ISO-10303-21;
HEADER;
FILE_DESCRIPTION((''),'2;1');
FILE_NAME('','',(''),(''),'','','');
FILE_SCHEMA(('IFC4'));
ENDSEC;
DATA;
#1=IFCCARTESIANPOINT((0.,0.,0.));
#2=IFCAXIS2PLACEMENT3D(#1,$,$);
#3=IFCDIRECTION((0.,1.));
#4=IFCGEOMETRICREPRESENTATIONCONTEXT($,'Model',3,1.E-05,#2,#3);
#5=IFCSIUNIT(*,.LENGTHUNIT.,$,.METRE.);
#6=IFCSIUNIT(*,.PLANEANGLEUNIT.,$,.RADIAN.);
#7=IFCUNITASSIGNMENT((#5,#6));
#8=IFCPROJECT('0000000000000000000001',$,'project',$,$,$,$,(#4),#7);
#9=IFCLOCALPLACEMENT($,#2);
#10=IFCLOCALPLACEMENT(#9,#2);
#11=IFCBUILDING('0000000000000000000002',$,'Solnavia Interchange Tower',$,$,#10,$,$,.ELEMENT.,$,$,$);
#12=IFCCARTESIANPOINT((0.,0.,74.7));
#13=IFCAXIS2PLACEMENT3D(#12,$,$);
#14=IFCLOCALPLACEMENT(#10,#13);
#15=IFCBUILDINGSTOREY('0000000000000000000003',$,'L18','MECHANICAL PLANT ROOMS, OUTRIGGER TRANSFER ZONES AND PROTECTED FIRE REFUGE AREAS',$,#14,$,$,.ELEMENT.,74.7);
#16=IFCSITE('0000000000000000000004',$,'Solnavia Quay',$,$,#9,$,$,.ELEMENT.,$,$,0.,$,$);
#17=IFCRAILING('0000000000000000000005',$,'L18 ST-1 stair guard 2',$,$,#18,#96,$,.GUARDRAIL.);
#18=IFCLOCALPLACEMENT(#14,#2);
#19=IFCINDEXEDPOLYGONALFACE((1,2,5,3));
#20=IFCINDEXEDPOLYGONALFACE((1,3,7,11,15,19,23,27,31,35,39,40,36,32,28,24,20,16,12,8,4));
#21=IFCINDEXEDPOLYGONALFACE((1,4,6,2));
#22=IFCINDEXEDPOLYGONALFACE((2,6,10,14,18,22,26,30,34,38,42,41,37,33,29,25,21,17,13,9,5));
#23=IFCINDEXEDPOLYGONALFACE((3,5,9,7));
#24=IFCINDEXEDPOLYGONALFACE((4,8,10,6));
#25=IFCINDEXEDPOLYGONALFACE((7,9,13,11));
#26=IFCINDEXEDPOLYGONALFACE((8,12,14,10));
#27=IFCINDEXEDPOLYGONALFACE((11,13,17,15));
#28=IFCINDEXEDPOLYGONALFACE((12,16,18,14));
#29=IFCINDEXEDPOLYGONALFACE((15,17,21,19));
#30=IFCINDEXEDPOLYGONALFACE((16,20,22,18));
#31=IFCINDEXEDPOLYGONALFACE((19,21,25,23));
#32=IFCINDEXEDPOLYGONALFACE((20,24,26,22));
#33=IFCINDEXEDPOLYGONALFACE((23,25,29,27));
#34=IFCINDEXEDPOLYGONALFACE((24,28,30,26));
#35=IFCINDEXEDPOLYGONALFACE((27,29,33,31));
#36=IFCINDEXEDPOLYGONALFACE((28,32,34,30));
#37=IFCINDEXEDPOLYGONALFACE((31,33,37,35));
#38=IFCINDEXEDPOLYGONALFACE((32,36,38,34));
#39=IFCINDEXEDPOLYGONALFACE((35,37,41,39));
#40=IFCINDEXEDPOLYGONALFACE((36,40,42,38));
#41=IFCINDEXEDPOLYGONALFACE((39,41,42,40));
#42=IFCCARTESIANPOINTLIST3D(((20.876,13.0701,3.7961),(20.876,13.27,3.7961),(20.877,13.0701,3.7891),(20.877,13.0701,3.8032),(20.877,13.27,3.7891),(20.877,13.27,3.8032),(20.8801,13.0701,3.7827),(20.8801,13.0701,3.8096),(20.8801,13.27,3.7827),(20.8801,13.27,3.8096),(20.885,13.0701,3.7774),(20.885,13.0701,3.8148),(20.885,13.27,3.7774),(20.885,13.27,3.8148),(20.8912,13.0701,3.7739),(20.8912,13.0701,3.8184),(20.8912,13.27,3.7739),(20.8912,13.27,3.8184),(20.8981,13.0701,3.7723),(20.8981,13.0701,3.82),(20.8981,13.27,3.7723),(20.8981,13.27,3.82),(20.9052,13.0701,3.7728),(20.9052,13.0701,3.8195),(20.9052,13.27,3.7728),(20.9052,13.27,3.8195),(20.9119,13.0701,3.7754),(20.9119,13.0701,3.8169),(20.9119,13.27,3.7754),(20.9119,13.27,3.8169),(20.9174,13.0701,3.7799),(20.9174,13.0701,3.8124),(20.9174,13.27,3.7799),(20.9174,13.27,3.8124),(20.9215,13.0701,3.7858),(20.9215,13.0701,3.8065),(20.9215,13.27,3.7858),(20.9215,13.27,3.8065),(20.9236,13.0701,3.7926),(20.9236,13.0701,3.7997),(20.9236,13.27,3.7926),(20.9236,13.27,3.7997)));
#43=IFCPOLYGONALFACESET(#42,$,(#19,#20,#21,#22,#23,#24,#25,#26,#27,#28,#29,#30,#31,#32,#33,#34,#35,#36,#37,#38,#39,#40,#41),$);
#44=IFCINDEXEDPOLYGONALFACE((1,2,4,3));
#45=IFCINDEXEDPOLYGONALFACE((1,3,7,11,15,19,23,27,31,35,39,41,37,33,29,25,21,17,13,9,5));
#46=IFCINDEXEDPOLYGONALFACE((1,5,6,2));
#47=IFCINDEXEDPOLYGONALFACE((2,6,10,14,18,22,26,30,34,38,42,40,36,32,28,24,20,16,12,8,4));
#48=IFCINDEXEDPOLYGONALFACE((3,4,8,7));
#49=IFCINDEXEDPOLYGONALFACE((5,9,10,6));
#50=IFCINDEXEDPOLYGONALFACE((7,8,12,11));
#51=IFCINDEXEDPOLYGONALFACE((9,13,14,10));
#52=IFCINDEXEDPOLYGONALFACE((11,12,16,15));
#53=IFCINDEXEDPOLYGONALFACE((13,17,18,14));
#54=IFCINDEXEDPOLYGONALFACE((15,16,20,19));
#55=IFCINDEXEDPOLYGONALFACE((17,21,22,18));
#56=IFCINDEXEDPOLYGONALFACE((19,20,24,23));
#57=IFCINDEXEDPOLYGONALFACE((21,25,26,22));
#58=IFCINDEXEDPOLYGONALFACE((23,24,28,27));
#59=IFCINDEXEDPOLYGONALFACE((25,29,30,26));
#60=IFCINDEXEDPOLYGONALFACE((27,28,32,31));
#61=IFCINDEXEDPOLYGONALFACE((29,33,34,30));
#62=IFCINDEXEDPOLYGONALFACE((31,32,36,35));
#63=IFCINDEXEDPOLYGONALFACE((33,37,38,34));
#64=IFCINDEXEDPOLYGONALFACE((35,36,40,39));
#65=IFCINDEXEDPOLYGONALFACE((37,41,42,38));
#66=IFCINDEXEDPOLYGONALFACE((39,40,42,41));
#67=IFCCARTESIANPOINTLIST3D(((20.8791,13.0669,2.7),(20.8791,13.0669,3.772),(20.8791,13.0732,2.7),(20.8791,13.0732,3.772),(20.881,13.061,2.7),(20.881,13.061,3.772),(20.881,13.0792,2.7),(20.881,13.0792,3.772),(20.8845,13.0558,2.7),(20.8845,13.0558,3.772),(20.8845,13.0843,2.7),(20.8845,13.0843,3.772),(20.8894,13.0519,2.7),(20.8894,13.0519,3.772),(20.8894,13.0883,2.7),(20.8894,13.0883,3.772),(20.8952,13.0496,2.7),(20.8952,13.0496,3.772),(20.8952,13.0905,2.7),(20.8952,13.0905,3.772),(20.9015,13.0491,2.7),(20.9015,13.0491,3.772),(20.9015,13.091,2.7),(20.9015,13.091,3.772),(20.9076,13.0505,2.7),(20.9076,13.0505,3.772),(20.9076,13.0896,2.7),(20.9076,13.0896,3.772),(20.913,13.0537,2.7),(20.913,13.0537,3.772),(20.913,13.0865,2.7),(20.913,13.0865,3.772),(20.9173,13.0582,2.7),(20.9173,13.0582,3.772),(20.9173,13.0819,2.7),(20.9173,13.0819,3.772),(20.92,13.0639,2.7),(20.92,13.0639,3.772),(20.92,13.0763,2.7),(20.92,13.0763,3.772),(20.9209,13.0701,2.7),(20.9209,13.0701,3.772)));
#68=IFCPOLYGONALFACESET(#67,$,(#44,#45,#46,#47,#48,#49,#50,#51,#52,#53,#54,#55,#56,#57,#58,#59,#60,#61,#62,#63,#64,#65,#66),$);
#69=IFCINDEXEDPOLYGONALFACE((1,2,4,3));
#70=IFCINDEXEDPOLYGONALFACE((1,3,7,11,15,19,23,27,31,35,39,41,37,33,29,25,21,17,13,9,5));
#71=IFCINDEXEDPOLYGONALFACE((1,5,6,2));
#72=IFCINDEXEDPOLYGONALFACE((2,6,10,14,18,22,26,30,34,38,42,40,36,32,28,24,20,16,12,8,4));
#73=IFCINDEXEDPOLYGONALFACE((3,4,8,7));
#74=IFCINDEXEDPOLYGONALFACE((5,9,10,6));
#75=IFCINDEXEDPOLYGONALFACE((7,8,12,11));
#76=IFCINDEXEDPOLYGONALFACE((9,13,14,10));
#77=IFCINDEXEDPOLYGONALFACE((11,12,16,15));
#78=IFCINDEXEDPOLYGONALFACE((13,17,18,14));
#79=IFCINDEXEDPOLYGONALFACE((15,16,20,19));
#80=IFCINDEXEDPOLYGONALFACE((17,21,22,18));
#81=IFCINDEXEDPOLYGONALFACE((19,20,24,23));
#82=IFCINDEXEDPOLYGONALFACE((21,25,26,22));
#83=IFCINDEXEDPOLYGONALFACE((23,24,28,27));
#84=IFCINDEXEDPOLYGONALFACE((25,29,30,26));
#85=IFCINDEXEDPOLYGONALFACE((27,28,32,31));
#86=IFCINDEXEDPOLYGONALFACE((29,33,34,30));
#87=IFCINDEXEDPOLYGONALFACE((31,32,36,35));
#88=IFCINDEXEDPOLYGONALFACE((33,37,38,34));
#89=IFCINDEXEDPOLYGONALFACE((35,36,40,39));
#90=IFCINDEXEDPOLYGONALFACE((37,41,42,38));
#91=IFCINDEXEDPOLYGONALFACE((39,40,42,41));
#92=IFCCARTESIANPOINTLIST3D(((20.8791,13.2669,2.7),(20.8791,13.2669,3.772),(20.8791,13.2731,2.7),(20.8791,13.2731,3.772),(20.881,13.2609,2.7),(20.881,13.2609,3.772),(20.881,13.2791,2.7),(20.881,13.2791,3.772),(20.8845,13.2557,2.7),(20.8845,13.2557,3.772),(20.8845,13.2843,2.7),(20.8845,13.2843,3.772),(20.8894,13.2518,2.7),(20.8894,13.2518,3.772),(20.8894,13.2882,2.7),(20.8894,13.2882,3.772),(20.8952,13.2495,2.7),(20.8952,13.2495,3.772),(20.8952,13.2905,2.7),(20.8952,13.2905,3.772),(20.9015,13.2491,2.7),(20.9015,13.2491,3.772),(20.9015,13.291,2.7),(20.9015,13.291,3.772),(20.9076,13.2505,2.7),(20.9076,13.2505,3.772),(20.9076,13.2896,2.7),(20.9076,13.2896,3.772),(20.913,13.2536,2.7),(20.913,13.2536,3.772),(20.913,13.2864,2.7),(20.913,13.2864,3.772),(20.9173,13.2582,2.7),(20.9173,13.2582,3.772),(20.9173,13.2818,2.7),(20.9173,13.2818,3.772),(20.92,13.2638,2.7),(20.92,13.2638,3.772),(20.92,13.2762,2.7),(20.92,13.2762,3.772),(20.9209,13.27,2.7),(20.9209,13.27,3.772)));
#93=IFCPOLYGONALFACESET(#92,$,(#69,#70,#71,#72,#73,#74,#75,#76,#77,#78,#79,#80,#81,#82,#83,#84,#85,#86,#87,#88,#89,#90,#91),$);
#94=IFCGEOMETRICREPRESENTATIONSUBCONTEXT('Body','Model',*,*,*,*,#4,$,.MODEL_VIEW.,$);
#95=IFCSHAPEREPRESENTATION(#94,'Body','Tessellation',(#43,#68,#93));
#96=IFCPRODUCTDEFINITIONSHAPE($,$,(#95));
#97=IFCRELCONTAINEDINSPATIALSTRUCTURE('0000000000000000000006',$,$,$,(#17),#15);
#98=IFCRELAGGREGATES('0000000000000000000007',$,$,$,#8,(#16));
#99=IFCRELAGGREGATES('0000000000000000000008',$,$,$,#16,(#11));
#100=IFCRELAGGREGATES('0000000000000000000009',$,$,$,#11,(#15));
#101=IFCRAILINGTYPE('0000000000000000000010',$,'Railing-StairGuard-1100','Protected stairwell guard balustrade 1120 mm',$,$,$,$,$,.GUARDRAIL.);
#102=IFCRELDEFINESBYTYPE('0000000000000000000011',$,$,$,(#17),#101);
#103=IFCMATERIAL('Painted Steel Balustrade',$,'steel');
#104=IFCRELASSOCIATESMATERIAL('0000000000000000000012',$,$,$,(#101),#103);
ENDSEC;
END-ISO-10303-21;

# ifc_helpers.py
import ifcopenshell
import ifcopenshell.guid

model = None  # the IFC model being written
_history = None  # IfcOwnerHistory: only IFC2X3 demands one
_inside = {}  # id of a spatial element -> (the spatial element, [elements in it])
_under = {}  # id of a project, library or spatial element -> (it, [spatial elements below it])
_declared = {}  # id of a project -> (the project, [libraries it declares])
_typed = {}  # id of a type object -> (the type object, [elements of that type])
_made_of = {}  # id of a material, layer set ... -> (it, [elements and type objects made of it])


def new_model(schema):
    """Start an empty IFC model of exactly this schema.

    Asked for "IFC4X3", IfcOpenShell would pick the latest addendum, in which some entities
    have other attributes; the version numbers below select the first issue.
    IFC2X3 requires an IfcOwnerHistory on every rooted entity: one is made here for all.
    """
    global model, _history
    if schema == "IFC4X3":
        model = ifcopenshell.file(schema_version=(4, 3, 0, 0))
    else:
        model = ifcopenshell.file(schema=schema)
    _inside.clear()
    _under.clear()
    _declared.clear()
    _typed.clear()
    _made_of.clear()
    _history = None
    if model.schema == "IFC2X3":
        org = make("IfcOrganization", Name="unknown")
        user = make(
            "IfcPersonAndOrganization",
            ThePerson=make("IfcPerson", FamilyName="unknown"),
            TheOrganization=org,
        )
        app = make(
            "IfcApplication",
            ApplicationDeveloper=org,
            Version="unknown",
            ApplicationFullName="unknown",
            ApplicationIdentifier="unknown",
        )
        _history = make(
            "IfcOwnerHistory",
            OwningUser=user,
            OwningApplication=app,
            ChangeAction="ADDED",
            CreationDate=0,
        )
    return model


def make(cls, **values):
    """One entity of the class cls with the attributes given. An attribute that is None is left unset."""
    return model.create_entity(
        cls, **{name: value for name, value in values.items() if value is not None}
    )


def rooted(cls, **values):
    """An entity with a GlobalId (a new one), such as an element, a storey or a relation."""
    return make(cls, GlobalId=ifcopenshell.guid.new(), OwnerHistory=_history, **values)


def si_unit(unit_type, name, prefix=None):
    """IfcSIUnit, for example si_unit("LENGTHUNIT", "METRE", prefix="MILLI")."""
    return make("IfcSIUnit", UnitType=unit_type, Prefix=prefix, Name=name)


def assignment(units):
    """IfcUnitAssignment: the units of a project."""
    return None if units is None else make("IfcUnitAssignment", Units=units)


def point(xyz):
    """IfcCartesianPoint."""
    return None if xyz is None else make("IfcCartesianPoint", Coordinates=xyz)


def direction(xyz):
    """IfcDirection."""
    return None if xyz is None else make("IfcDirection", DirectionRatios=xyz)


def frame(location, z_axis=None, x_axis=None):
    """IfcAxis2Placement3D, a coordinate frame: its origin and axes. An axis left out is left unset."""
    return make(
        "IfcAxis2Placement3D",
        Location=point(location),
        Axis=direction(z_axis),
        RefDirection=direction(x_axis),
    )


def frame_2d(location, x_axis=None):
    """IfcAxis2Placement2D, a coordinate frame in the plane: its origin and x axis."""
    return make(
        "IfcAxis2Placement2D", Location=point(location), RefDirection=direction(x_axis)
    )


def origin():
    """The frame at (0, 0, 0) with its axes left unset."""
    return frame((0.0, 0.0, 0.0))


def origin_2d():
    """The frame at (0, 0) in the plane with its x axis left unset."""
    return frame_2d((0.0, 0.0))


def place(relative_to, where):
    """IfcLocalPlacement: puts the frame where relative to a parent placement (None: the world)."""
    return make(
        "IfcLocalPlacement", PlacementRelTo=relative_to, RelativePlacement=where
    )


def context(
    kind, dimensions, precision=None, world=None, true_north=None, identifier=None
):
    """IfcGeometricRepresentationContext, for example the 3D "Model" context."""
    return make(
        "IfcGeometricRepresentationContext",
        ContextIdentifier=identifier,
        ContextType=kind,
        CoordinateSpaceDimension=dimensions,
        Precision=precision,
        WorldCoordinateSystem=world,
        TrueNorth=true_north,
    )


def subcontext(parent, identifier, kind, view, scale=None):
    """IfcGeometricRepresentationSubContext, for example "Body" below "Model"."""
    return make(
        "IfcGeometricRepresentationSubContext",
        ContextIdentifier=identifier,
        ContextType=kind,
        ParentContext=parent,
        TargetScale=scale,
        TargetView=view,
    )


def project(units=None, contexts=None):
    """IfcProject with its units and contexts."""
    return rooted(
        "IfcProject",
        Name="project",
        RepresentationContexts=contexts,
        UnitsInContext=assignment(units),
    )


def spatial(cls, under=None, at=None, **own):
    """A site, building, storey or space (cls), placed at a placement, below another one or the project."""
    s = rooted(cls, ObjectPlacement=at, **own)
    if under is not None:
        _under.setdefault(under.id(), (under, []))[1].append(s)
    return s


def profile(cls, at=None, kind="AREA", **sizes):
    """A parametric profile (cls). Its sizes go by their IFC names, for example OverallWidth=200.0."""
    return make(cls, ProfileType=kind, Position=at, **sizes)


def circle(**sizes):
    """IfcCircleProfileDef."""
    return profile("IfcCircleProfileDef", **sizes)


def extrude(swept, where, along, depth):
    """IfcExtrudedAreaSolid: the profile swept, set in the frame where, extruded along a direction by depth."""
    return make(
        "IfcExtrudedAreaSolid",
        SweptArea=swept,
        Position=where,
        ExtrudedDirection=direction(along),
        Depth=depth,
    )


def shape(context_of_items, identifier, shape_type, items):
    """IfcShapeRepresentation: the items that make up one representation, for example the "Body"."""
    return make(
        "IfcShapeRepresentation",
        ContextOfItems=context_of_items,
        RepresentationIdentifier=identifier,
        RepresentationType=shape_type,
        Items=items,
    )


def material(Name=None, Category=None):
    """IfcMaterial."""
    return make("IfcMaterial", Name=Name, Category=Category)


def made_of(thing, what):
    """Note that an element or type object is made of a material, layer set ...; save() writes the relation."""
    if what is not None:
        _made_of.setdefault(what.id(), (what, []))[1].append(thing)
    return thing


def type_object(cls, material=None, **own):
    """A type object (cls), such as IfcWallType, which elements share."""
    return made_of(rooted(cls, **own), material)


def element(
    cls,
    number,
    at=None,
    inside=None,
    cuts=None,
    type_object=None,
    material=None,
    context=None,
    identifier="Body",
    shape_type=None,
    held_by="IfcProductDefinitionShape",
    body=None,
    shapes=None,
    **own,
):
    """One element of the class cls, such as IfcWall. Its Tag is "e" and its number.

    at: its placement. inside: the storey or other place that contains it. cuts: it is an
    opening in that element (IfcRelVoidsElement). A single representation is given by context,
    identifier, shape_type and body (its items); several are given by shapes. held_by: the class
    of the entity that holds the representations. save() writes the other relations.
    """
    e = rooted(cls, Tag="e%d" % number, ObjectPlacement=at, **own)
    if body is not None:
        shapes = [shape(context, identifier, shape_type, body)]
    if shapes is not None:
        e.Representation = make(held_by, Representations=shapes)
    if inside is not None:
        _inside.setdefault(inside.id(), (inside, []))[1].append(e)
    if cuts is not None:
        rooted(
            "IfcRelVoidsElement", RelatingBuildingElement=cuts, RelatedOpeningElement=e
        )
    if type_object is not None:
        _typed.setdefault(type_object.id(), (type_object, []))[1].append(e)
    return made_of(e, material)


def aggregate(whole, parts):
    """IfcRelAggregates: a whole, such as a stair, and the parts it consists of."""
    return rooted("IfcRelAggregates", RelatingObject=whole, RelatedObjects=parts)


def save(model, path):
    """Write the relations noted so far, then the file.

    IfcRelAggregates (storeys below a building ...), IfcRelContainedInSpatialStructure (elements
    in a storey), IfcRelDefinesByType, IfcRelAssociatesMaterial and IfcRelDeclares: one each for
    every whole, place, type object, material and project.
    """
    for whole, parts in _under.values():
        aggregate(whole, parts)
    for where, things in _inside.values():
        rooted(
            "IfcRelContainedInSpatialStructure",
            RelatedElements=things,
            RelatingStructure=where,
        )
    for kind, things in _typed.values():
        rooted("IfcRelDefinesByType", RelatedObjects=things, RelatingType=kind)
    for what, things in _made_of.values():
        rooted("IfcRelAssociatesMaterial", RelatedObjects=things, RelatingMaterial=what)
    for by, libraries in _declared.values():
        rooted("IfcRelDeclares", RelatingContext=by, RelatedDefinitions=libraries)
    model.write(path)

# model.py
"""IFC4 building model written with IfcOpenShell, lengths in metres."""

from ifc_helpers import new_model, si_unit, direction, frame, origin, origin_2d, place, context, subcontext, project, spatial, circle, extrude, material, type_object, element, save


model = new_model("IFC4")

# Units and contexts
model_context = context("Model", 3, precision=1e-05, world=origin(), true_north=direction((0.0, 1.0)))
body_context = subcontext(model_context, "Body", "Model", "MODEL_VIEW")
ifc_project = project(units=[si_unit("LENGTHUNIT", "METRE"), si_unit("PLANEANGLEUNIT", "RADIAN")], contexts=[model_context])

# Site, building, storey
site_placement = place(None, origin())
site = spatial("IfcSite", under=ifc_project, at=site_placement, Name="Solnavia Quay", CompositionType="ELEMENT", RefElevation=0.0)
building_placement = place(site_placement, origin())
building = spatial("IfcBuilding", under=site, at=building_placement, Name="Solnavia Interchange Tower", CompositionType="ELEMENT")
storey_placement = place(building_placement, frame((0.0, 0.0, 74.7)))
storey = spatial("IfcBuildingStorey", under=building, at=storey_placement, Name="L18", Description="MECHANICAL PLANT ROOMS, OUTRIGGER TRANSFER ZONES AND PROTECTED FIRE REFUGE AREAS", CompositionType="ELEMENT", Elevation=74.7)

# Railing
ifc_material_1 = material(Name="Painted Steel Balustrade", Category="steel")
railing_type_1 = type_object("IfcRailingType", Name="Railing-StairGuard-1100", Description="Protected stairwell guard balustrade 1120 mm", PredefinedType="GUARDRAIL", material=ifc_material_1)
railing_1_placement = place(storey_placement, frame((20.8999, 13.0701, 2.7)))
element("IfcRailing", 1, at=railing_1_placement, inside=storey, type_object=railing_type_1, Name="L18 ST-1 stair guard 2", PredefinedType="GUARDRAIL", context=body_context, shape_type="SweptSolid", body=[
    extrude(circle(Radius=0.0239, at=origin_2d()), frame((0.0, 0.0, 1.0962), z_axis=(0.0, 1.0, 0.0), x_axis=(-1.0, 0.0, 0.0)), (0.0, 0.0, 1.0), 0.2),
    extrude(circle(Radius=0.021, at=origin_2d()), origin(), (0.0, 0.0, 1.0), 1.072),
    extrude(circle(Radius=0.021, at=origin_2d()), frame((0.0, 0.2, 0.0)), (0.0, 0.0, 1.0), 1.072),
])

save(model, "model.ifc")
